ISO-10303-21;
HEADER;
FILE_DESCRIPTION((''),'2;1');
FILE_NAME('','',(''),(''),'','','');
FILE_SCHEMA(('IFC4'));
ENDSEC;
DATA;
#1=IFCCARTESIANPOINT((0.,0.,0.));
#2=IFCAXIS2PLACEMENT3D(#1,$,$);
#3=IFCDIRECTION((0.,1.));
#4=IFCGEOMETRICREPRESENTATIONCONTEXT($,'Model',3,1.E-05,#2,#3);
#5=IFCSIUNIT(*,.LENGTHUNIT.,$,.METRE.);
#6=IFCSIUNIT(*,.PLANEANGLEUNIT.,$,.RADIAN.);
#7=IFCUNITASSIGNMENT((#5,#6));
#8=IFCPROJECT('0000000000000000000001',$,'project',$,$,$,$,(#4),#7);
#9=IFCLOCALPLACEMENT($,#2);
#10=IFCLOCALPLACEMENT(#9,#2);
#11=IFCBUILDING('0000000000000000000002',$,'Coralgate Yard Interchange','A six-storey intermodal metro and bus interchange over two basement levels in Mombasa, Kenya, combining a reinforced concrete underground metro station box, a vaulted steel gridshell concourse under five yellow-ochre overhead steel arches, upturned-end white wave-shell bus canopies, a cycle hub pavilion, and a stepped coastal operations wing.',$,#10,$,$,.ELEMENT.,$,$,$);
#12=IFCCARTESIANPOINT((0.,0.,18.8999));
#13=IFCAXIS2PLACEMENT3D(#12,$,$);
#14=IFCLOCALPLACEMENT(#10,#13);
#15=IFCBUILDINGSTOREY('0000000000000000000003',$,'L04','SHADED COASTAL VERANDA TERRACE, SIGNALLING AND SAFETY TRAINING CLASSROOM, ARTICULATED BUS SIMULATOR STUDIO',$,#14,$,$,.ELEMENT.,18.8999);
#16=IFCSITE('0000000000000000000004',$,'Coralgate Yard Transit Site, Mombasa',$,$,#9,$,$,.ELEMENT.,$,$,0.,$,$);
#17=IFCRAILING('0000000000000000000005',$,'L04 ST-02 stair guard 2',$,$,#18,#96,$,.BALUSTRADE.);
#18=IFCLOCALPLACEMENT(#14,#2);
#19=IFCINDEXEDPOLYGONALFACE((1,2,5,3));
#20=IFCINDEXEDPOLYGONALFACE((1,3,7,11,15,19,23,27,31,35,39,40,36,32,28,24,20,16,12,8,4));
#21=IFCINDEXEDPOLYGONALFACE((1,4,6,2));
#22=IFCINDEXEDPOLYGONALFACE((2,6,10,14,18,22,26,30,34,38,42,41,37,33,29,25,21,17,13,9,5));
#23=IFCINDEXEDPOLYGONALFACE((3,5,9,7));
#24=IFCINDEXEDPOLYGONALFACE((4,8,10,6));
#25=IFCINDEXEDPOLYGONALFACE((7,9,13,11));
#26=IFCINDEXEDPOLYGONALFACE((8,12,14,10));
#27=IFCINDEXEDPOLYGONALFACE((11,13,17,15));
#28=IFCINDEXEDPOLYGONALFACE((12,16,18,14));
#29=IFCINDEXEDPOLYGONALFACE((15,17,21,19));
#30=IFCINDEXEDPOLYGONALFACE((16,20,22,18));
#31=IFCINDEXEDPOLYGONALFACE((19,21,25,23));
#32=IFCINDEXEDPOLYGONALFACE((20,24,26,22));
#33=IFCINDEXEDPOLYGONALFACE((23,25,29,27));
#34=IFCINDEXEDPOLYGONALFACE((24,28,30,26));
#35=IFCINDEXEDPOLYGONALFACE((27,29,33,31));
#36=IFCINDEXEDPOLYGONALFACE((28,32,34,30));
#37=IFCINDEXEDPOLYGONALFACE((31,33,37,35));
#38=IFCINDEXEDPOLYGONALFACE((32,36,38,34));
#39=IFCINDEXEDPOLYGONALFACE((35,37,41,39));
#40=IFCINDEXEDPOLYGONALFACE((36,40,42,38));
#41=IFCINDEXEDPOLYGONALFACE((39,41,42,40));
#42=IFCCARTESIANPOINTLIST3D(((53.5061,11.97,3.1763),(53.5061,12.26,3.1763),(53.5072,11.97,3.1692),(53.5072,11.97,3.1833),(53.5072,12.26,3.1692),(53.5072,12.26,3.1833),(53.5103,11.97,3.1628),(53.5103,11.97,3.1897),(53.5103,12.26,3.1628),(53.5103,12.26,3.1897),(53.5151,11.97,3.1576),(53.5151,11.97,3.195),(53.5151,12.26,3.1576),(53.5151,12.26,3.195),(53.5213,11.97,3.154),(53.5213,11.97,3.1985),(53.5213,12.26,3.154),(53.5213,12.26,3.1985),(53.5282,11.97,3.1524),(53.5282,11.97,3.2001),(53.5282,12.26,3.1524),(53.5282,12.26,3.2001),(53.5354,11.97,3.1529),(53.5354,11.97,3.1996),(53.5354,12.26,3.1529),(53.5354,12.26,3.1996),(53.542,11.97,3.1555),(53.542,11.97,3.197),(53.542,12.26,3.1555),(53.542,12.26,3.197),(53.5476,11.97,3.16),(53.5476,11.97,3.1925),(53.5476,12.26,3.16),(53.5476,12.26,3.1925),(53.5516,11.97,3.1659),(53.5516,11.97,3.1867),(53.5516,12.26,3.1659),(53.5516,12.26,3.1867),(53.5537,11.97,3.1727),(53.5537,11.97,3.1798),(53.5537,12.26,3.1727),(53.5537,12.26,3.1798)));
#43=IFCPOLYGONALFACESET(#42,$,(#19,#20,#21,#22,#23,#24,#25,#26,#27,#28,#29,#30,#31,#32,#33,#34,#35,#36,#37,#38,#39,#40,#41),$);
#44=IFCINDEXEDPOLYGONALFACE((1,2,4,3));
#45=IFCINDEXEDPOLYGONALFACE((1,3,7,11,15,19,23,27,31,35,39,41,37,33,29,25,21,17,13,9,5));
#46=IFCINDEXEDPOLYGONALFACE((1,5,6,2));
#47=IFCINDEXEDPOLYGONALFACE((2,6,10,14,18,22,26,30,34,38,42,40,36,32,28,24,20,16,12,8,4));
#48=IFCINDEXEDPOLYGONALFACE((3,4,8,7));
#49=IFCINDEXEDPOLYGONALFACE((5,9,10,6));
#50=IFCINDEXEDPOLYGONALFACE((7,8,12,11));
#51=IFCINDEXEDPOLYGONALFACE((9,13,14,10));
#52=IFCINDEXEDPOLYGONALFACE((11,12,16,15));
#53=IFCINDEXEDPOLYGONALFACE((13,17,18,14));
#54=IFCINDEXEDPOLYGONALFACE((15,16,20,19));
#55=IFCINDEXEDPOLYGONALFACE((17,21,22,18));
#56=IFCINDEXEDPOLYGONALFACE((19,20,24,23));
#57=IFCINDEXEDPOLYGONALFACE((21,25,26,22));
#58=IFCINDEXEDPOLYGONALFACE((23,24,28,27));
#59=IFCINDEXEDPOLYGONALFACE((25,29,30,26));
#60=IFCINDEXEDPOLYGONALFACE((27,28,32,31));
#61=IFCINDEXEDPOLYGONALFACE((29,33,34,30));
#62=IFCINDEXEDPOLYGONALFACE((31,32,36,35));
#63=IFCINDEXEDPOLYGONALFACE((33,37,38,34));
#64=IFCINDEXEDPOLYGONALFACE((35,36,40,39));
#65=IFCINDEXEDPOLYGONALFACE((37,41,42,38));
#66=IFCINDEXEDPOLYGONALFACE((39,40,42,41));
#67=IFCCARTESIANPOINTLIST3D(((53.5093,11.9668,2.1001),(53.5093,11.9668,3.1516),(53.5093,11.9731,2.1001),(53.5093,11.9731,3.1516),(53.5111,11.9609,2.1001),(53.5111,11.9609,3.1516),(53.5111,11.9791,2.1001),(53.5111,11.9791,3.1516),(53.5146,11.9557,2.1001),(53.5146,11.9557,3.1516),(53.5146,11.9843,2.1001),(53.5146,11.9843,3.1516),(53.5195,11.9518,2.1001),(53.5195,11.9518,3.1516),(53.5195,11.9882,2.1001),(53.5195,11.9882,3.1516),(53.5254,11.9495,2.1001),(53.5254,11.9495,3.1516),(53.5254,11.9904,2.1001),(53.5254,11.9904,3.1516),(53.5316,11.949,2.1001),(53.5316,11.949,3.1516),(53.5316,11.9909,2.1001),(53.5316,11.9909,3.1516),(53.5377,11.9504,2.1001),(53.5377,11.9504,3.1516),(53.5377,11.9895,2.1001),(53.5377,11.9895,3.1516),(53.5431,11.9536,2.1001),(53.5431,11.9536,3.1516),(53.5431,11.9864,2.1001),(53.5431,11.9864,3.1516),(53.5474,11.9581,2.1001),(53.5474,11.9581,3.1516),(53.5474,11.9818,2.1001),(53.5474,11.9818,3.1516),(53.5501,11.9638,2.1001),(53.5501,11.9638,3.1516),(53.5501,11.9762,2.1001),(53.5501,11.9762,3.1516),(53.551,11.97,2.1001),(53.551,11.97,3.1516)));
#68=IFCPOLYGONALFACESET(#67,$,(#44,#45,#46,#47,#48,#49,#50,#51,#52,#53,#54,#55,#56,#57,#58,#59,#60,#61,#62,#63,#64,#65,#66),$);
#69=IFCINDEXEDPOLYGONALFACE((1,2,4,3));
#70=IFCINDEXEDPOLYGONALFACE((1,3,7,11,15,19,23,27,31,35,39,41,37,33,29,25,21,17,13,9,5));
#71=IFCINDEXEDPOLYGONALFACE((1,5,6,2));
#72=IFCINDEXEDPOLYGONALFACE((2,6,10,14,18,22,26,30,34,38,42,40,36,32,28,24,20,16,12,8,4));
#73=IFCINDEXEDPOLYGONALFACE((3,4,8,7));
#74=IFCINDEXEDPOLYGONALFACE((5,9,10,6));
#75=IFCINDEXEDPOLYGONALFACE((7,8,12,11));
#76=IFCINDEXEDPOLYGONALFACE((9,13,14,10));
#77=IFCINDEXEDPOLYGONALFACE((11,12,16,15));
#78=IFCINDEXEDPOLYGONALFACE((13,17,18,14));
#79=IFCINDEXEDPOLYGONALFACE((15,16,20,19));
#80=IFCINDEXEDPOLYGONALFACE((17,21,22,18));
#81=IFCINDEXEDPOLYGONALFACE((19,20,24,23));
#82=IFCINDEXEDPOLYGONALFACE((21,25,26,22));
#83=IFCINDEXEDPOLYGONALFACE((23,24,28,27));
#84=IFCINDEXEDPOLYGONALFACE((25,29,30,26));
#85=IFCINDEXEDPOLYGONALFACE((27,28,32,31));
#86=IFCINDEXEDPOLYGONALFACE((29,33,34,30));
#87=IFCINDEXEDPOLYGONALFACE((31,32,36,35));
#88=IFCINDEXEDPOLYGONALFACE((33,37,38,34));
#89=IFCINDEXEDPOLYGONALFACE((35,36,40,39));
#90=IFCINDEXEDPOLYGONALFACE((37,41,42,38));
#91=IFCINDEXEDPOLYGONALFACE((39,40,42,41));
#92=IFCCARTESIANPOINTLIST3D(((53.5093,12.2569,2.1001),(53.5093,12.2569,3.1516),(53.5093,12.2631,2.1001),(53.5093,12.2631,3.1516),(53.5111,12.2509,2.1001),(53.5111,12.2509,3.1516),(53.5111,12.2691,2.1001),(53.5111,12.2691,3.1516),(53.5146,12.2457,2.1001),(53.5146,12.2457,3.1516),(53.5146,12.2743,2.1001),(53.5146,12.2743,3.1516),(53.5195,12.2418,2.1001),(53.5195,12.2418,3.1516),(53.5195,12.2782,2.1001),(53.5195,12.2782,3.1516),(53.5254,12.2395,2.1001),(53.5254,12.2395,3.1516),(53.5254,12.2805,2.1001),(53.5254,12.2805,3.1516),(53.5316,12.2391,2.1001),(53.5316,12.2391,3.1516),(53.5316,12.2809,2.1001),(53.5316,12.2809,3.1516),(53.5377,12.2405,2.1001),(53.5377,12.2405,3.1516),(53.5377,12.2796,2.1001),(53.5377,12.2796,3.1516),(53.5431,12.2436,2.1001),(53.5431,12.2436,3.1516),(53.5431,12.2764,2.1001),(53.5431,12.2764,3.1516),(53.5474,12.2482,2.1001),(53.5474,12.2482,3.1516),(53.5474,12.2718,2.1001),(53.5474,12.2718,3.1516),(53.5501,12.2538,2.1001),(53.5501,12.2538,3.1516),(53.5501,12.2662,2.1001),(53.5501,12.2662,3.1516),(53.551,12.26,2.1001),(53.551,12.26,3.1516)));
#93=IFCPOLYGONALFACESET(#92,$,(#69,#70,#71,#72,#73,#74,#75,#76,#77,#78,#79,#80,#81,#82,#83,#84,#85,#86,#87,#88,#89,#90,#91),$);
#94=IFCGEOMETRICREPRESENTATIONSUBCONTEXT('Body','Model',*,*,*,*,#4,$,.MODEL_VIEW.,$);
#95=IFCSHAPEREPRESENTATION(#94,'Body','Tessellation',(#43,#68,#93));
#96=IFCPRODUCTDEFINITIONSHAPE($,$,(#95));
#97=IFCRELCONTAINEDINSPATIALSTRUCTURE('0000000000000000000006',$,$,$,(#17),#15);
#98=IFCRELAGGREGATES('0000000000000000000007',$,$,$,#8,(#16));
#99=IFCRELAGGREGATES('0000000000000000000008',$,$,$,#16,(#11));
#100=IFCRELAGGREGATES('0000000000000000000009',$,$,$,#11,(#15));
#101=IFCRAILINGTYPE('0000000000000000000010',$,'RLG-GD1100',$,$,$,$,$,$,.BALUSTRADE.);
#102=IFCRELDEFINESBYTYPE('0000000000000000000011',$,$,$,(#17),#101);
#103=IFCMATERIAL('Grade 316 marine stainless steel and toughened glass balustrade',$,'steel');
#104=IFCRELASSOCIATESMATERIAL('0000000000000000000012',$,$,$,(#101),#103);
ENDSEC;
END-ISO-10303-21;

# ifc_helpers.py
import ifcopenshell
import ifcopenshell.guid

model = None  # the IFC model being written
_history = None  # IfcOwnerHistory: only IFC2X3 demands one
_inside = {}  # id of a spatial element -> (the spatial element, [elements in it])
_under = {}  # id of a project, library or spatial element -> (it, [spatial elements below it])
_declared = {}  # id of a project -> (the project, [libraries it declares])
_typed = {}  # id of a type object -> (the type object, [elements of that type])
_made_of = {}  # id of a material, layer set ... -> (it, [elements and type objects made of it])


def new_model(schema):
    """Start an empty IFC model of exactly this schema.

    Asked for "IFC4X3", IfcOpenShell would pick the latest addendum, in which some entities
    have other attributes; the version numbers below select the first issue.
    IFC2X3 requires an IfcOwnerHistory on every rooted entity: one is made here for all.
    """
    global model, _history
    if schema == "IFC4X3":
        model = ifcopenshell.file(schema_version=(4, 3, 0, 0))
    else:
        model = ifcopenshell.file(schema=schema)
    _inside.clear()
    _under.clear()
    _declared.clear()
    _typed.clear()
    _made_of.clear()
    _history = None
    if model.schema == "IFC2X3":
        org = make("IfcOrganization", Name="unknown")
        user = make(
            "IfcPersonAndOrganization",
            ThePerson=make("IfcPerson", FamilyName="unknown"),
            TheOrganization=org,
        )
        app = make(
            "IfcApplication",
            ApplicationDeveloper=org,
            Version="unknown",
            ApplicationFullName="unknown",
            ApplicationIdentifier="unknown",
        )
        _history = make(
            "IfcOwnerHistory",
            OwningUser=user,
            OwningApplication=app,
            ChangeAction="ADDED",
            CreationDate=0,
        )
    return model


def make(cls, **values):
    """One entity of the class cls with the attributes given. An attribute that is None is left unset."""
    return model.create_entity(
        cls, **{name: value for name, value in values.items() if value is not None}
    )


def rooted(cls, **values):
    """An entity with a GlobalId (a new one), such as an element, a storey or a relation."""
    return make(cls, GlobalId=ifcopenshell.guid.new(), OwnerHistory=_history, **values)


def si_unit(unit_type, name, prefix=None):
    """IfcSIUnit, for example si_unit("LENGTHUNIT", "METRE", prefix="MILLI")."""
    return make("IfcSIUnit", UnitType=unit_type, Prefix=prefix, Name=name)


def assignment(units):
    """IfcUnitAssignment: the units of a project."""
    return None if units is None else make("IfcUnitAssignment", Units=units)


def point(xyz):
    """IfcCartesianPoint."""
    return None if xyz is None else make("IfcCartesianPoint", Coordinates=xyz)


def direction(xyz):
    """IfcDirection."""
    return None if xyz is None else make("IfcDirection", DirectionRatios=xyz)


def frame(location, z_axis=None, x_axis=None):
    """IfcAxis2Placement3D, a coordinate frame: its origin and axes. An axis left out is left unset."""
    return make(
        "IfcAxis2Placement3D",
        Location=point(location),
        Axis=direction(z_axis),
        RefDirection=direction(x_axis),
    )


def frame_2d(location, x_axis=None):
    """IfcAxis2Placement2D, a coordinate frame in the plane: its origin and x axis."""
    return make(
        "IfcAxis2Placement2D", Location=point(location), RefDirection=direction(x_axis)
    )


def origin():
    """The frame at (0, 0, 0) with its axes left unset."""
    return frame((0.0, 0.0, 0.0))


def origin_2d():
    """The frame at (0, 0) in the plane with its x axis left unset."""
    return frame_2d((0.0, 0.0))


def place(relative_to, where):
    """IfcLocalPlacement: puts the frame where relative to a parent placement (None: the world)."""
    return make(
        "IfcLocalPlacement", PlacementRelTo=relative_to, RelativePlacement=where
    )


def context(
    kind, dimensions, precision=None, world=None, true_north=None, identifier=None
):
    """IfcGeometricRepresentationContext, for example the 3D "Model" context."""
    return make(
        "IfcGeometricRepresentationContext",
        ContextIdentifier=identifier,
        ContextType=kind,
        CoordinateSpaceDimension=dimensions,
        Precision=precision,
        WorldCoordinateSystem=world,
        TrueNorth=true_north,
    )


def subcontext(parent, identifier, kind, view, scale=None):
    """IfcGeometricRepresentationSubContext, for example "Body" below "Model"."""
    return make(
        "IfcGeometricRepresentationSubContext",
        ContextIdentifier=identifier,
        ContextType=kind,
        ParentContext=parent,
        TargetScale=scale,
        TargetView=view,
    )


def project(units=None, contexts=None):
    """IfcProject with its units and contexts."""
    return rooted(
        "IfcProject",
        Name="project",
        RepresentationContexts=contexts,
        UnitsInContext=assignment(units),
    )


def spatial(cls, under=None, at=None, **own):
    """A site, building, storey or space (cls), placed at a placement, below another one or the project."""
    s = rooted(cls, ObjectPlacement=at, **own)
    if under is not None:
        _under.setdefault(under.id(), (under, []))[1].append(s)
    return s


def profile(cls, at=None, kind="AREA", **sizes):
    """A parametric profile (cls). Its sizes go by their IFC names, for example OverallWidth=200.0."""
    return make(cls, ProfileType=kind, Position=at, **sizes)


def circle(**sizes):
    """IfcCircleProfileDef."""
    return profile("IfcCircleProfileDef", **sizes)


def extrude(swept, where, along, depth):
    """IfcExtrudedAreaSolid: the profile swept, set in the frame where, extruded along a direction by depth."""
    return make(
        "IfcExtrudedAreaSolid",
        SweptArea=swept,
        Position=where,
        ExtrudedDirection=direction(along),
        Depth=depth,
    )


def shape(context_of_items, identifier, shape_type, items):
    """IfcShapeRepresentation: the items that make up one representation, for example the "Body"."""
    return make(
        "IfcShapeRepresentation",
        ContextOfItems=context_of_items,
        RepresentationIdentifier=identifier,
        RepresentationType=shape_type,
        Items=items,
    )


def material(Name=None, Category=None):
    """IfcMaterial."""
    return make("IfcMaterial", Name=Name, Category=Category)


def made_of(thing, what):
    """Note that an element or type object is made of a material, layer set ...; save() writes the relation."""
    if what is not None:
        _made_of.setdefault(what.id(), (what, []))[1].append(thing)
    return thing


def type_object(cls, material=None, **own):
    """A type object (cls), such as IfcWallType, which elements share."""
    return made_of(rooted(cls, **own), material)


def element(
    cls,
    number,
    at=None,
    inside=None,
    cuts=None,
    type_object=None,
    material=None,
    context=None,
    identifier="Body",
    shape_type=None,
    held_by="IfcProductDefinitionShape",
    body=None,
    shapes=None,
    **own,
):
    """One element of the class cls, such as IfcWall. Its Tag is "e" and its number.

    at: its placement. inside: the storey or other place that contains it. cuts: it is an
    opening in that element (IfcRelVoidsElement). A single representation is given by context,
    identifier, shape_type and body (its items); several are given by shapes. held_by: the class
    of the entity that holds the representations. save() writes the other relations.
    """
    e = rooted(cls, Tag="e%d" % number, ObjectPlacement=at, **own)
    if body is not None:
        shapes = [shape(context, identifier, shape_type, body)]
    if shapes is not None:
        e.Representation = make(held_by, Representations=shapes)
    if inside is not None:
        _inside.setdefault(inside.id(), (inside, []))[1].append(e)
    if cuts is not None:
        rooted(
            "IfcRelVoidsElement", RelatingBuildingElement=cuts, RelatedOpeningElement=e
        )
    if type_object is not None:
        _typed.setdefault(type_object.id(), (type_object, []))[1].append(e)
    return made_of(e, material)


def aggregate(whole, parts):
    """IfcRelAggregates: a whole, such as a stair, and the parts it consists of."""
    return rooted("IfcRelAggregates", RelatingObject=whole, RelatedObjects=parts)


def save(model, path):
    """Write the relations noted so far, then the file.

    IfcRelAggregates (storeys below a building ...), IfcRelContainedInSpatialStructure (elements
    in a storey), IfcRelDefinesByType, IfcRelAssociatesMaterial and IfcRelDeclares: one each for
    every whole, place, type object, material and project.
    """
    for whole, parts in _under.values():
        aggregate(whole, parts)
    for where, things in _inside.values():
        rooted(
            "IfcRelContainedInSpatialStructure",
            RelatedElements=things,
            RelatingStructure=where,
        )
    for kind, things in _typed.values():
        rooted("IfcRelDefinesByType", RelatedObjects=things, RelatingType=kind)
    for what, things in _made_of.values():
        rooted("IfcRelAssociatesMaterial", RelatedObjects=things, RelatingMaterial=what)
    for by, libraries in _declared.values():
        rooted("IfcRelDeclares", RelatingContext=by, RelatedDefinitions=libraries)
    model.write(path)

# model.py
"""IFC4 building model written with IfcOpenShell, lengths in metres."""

from ifc_helpers import new_model, si_unit, direction, frame, origin, origin_2d, place, context, subcontext, project, spatial, circle, extrude, material, type_object, element, save


model = new_model("IFC4")

# Units and contexts
model_context = context("Model", 3, precision=1e-05, world=origin(), true_north=direction((0.0, 1.0)))
body_context = subcontext(model_context, "Body", "Model", "MODEL_VIEW")
ifc_project = project(units=[si_unit("LENGTHUNIT", "METRE"), si_unit("PLANEANGLEUNIT", "RADIAN")], contexts=[model_context])

# Site, building, storey
site_placement = place(None, origin())
site = spatial("IfcSite", under=ifc_project, at=site_placement, Name="Coralgate Yard Transit Site, Mombasa", CompositionType="ELEMENT", RefElevation=0.0)
building_placement = place(site_placement, origin())
building = spatial("IfcBuilding", under=site, at=building_placement, Name="Coralgate Yard Interchange", Description="A six-storey intermodal metro and bus interchange over two basement levels in Mombasa, Kenya, combining a reinforced concrete underground metro station box, a vaulted steel gridshell concourse under five yellow-ochre overhead steel arches, upturned-end white wave-shell bus canopies, a cycle hub pavilion, and a stepped coastal operations wing.", CompositionType="ELEMENT")
storey_placement = place(building_placement, frame((0.0, 0.0, 18.8999)))
storey = spatial("IfcBuildingStorey", under=building, at=storey_placement, Name="L04", Description="SHADED COASTAL VERANDA TERRACE, SIGNALLING AND SAFETY TRAINING CLASSROOM, ARTICULATED BUS SIMULATOR STUDIO", CompositionType="ELEMENT", Elevation=18.8999)

# Railing
ifc_material_1 = material(Name="Grade 316 marine stainless steel and toughened glass balustrade", Category="steel")
railing_type_1 = type_object("IfcRailingType", Name="RLG-GD1100", PredefinedType="BALUSTRADE", material=ifc_material_1)
railing_1_placement = place(storey_placement, frame((53.53, 11.97, 2.1001)))
element("IfcRailing", 1, at=railing_1_placement, inside=storey, type_object=railing_type_1, Name="L04 ST-02 stair guard 2", PredefinedType="BALUSTRADE", context=body_context, shape_type="SweptSolid", body=[
    extrude(circle(Radius=0.0239, at=origin_2d()), frame((0.0, 0.0, 1.0762), z_axis=(0.0, 1.0, 0.0), x_axis=(-1.0, 0.0, 0.0)), (0.0, 0.0, 1.0), 0.29),
    extrude(circle(Radius=0.021, at=origin_2d()), origin(), (0.0, 0.0, 1.0), 1.0515),
    extrude(circle(Radius=0.021, at=origin_2d()), frame((0.0, 0.29, 0.0)), (0.0, 0.0, 1.0), 1.0515),
])

save(model, "model.ifc")
